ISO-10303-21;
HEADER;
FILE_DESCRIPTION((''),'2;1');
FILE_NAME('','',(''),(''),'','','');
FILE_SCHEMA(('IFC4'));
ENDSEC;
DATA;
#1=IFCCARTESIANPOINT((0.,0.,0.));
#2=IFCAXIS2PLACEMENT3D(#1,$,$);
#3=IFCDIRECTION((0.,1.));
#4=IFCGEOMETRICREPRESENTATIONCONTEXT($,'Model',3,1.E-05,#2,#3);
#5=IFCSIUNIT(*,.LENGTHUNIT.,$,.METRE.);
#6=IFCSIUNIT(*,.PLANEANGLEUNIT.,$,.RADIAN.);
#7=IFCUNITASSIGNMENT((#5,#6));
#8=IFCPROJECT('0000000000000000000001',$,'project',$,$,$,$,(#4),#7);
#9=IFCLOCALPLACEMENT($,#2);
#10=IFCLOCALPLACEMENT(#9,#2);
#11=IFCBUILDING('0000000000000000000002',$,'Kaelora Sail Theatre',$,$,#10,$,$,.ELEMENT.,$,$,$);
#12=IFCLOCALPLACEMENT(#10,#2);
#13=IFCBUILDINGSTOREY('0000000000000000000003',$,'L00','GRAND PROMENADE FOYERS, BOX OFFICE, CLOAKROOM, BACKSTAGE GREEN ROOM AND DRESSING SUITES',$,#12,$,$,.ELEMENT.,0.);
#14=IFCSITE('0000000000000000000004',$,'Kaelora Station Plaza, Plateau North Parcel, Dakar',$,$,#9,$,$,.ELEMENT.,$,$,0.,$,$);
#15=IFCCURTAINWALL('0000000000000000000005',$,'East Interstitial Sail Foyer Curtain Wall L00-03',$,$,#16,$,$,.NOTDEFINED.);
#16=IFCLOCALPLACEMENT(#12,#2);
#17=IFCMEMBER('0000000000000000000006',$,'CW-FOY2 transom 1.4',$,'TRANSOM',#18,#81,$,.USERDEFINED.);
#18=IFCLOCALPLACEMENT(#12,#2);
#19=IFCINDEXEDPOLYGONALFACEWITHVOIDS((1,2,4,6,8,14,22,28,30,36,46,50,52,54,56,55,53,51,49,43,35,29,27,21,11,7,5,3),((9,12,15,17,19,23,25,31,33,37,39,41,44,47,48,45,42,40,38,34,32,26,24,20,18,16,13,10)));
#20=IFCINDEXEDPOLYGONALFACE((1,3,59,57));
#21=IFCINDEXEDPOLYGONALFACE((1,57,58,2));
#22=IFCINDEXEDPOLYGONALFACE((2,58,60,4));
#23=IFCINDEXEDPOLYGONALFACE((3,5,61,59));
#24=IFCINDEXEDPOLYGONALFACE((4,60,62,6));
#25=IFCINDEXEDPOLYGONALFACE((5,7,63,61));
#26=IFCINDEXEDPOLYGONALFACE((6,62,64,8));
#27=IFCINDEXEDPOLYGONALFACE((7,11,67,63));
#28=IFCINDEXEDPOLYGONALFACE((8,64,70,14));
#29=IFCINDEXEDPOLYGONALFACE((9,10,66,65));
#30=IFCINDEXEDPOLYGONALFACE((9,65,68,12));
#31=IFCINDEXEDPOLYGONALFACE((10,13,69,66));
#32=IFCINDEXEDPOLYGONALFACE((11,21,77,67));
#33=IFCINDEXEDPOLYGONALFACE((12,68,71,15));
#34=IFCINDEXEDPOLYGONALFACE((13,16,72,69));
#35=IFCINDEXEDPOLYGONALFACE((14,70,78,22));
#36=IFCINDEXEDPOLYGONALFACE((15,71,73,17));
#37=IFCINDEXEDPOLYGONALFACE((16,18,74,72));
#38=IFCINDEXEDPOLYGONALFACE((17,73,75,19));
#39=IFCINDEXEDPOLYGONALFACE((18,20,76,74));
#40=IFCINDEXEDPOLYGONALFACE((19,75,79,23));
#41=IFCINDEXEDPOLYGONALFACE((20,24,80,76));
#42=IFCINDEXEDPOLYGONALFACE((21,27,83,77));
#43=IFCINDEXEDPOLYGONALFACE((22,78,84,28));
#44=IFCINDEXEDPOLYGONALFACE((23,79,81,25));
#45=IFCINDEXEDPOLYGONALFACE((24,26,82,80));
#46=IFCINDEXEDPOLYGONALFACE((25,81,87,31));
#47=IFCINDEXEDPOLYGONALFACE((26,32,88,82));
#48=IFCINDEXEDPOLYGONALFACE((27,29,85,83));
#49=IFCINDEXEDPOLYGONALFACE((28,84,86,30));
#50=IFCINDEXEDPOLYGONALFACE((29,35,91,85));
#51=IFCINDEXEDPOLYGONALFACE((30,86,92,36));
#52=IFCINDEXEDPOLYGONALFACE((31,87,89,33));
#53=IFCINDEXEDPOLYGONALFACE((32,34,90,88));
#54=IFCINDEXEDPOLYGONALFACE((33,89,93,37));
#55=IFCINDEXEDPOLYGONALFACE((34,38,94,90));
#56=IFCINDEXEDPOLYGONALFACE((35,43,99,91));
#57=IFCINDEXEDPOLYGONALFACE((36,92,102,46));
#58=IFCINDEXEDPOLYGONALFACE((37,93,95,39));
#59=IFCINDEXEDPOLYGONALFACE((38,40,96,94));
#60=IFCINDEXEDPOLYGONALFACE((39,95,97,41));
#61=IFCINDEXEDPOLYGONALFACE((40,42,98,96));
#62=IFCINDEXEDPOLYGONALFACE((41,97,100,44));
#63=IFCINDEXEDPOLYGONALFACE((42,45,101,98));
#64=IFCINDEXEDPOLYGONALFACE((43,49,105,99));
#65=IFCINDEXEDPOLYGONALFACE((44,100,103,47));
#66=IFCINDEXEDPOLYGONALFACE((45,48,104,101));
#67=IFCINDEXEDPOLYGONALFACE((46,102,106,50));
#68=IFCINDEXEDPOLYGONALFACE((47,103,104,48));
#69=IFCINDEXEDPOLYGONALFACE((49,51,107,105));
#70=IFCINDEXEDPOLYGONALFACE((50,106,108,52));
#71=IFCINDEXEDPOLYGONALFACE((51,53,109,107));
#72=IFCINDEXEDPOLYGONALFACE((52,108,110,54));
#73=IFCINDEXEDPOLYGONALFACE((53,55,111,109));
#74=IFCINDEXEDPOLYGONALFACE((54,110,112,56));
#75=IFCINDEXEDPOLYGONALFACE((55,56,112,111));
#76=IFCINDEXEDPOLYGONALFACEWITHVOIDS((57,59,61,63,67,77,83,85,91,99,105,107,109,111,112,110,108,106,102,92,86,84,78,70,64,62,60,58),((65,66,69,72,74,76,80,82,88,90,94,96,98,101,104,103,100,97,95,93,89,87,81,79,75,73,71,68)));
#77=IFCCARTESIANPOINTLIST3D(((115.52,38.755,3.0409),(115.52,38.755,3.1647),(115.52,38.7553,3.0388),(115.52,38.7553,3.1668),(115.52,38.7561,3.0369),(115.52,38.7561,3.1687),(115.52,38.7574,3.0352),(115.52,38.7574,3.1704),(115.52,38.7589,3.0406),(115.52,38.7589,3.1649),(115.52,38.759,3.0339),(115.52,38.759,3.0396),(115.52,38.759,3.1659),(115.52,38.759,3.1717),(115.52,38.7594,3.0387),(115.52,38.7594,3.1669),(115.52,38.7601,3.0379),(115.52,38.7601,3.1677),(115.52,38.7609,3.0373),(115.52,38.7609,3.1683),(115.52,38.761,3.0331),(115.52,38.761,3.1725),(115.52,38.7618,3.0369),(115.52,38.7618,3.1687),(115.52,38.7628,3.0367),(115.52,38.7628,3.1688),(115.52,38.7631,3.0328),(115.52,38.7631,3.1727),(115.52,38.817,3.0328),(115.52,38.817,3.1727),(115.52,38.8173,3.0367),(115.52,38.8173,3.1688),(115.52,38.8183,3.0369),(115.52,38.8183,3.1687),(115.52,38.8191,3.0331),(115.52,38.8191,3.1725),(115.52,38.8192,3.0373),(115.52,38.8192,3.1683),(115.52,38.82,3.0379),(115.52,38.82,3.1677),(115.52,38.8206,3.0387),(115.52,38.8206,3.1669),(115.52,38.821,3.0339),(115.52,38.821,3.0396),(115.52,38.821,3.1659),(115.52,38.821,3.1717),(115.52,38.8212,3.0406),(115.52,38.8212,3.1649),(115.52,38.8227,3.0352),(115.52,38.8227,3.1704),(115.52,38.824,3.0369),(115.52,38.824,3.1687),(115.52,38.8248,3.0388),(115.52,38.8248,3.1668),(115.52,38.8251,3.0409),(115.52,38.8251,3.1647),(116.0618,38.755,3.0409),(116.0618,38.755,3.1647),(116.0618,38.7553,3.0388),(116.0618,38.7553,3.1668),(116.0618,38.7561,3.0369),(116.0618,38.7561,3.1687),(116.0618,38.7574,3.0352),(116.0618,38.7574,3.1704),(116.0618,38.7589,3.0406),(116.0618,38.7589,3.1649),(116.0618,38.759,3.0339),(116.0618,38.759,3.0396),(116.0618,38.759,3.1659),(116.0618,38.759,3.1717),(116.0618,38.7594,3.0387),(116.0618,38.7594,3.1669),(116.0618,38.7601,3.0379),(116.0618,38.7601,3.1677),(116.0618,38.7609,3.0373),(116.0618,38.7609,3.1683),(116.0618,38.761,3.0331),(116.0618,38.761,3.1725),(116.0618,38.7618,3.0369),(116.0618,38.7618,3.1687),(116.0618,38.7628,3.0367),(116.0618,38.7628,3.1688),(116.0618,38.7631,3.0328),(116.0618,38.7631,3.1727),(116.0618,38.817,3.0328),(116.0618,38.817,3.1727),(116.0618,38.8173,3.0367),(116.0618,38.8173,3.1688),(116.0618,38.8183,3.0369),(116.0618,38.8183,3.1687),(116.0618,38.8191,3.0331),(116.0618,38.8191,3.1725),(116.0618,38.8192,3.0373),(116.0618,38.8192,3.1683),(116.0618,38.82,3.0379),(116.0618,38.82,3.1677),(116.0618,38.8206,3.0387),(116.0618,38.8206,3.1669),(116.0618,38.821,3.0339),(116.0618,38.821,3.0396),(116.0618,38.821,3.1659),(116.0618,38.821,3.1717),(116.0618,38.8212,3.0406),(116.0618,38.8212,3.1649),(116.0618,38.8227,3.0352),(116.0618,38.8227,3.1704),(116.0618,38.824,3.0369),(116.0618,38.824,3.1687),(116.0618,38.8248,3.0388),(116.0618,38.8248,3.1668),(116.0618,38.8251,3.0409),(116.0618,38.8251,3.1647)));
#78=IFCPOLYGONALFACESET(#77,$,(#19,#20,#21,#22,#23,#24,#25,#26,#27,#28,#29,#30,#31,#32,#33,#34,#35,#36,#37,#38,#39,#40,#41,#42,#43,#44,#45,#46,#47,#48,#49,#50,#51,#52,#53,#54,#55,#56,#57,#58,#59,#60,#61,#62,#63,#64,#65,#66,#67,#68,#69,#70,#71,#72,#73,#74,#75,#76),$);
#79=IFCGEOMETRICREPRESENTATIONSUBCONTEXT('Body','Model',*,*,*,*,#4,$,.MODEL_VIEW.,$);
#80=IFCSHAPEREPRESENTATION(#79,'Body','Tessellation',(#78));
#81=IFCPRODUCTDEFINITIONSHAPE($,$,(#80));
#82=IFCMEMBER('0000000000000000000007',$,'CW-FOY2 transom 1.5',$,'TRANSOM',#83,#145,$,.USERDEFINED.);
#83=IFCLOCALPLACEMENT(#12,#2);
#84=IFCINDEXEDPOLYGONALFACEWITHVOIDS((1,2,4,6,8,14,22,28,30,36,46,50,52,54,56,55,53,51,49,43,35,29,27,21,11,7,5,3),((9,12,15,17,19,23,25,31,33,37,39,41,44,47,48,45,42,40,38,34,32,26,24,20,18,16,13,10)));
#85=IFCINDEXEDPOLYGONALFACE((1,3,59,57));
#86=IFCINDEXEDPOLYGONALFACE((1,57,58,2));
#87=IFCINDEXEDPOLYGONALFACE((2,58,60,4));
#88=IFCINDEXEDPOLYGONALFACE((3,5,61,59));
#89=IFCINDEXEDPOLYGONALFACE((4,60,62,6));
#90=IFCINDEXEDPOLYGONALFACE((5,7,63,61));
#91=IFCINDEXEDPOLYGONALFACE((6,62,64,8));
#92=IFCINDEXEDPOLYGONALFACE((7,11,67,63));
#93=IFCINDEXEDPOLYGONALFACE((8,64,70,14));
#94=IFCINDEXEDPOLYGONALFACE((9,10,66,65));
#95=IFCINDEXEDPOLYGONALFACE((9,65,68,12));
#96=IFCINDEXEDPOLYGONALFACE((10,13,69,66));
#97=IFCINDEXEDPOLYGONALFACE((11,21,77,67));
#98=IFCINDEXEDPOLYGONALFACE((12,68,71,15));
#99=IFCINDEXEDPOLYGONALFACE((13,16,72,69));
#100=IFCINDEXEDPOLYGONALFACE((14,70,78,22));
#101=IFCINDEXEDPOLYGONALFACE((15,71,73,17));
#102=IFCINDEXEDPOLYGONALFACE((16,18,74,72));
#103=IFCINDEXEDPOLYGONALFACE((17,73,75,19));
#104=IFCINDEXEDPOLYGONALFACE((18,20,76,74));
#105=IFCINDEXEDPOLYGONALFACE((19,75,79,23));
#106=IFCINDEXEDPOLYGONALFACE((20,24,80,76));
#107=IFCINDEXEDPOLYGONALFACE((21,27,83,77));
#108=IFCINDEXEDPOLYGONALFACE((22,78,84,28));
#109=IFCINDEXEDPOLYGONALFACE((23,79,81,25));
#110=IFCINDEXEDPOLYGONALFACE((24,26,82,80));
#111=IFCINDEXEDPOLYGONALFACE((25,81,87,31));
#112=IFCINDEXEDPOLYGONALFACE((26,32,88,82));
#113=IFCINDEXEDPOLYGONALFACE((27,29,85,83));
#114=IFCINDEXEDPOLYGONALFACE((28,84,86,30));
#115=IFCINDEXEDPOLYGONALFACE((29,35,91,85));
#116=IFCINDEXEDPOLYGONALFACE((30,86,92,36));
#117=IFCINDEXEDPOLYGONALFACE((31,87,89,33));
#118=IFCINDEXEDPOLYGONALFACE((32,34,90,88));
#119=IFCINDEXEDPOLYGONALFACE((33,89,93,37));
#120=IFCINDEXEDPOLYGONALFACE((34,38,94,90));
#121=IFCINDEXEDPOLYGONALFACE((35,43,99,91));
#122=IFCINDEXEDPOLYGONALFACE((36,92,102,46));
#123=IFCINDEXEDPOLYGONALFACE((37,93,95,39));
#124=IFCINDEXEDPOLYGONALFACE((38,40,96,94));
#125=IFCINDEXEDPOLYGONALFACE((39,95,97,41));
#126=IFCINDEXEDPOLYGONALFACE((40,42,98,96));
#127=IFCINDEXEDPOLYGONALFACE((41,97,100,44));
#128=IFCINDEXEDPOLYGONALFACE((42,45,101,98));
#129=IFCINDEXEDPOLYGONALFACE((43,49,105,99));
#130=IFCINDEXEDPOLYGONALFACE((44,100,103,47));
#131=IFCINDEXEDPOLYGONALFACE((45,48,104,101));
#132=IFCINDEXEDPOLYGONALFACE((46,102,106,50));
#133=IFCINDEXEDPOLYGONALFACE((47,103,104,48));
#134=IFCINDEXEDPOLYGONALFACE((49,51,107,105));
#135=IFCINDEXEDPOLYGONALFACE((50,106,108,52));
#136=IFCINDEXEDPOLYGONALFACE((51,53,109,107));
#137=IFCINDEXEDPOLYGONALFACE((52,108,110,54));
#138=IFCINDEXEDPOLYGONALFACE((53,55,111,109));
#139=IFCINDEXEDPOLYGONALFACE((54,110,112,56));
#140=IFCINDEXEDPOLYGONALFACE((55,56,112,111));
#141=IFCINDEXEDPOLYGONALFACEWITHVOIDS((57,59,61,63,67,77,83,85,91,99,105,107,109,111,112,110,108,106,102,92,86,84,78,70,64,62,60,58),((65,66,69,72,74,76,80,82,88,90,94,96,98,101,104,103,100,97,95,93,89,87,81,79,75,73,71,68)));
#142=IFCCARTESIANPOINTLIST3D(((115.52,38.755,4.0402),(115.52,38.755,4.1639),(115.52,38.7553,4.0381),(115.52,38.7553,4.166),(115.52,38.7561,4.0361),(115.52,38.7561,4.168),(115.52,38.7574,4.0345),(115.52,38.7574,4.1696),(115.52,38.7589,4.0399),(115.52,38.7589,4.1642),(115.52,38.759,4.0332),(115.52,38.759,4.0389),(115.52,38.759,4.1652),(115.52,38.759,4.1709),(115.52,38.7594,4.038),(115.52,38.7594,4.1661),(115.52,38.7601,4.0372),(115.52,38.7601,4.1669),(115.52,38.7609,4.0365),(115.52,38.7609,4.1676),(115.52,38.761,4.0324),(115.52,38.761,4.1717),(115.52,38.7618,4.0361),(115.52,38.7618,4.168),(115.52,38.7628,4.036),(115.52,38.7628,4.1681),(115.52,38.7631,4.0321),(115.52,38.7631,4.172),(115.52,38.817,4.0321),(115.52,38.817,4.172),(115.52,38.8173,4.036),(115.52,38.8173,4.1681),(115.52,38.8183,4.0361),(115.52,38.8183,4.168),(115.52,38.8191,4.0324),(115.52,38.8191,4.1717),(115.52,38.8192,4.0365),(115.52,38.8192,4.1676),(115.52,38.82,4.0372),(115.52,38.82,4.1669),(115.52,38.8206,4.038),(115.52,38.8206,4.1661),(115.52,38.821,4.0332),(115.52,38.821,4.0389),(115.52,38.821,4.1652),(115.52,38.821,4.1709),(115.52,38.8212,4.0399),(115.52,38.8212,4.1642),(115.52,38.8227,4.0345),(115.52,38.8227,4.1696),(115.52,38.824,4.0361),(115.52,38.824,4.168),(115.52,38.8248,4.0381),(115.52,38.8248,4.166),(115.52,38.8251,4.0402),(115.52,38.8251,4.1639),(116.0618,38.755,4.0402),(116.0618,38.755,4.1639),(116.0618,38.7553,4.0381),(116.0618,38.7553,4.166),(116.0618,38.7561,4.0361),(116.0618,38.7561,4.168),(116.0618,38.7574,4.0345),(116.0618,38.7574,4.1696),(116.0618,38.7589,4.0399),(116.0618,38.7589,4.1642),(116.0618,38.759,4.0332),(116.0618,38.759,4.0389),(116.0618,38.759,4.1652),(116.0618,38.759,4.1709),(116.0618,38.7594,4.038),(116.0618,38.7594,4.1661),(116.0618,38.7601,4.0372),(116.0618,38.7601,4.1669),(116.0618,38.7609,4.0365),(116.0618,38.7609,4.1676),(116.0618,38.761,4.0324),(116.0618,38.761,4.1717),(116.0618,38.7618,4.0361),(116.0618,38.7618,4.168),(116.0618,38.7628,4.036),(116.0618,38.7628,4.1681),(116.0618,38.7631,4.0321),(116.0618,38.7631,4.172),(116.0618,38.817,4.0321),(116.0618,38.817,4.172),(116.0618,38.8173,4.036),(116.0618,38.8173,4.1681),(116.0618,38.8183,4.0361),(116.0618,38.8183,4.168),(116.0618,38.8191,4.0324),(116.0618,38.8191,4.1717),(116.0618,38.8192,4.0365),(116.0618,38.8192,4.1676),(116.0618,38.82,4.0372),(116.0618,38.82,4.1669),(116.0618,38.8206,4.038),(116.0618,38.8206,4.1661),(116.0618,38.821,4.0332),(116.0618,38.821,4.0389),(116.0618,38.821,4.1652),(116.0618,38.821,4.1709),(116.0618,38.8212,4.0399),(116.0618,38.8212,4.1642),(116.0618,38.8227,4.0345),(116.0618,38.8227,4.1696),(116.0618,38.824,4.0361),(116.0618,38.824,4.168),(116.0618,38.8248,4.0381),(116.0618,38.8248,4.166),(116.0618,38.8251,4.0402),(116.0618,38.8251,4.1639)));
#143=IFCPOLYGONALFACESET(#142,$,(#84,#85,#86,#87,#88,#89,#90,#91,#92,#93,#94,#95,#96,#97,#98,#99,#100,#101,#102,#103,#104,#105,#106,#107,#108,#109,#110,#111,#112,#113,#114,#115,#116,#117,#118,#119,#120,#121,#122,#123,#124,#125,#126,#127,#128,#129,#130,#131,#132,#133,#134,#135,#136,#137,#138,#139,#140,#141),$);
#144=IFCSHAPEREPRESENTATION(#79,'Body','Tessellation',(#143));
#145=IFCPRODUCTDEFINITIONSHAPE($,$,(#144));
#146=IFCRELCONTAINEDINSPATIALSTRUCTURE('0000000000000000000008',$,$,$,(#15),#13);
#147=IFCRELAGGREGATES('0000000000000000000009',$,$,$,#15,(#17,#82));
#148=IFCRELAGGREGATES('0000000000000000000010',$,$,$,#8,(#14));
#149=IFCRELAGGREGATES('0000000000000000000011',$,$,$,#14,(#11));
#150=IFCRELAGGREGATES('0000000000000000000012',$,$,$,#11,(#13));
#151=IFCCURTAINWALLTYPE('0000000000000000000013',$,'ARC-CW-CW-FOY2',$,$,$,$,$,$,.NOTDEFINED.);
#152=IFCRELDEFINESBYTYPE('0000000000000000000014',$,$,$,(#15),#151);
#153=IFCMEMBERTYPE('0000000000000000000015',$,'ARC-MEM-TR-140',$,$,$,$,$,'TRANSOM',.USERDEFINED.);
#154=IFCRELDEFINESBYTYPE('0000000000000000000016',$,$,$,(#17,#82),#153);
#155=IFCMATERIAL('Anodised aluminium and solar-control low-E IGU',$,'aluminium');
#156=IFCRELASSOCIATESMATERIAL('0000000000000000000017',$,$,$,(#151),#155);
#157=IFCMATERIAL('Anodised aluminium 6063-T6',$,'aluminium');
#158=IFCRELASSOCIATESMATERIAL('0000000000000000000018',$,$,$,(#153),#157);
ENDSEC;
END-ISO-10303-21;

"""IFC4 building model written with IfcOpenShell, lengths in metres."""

from ifc_helpers import new_model, si_unit, direction, frame, origin, origin_2d, place, context, subcontext, project, spatial, hollow_rectangle, extrude, material, material_profile, profile_set, type_object, element, aggregate, save


model = new_model("IFC4")

# Units and contexts
model_context = context("Model", 3, precision=1e-05, world=origin(), true_north=direction((0.0, 1.0)))
body_context = subcontext(model_context, "Body", "Model", "MODEL_VIEW")
ifc_project = project(units=[si_unit("LENGTHUNIT", "METRE"), si_unit("PLANEANGLEUNIT", "RADIAN")], contexts=[model_context])

# Site, building, storey
site_placement = place(None, origin())
site = spatial("IfcSite", under=ifc_project, at=site_placement, Name="Kaelora Station Plaza, Plateau North Parcel, Dakar", CompositionType="ELEMENT", RefElevation=0.0)
building_placement = place(site_placement, origin())
building = spatial("IfcBuilding", under=site, at=building_placement, Name="Kaelora Sail Theatre", CompositionType="ELEMENT")
storey_placement = place(building_placement, origin())
storey = spatial("IfcBuildingStorey", under=building, at=storey_placement, Name="L00", Description="GRAND PROMENADE FOYERS, BOX OFFICE, CLOAKROOM, BACKSTAGE GREEN ROOM AND DRESSING SUITES", CompositionType="ELEMENT", Elevation=0.0)

# Shared definitions
ifc_material_1 = material(Name="Anodised aluminium and solar-control low-E IGU", Category="aluminium")
curtain_wall_type = type_object("IfcCurtainWallType", Name="ARC-CW-CW-FOY2", PredefinedType="NOTDEFINED", material=ifc_material_1)

# Curtain wall, members
curtain_wall_1_placement = place(storey_placement, origin())
curtain_wall_1 = element("IfcCurtainWall", 1, at=curtain_wall_1_placement, inside=storey, type_object=curtain_wall_type, Name="East Interstitial Sail Foyer Curtain Wall L00-03", PredefinedType="NOTDEFINED")
ifc_material_2 = material(Name="Anodised aluminium 6063-T6", Category="aluminium")
ifc_material_profile_1 = material_profile(ifc_material_2, hollow_rectangle(XDim=0.0701, YDim=0.1399, WallThickness=0.0039, InnerFilletRadius=0.0039, OuterFilletRadius=0.0081, at=origin_2d()), Name="ALU-TRAN 70x140x4")
ifc_profile_set_1 = profile_set([ifc_material_profile_1], Name="Anodised aluminium 6063-T6")
member_type_1 = type_object("IfcMemberType", Name="ARC-MEM-TR-140", ElementType="TRANSOM", PredefinedType="USERDEFINED", material=ifc_profile_set_1)
member_1_placement = place(storey_placement, frame((115.52, 38.79, 3.1028), z_axis=(1.0, 0.0, 0.0), x_axis=(0.0, 1.0, 0.0)))
member_1 = element("IfcMember", 2, at=member_1_placement, type_object=member_type_1, Name="CW-FOY2 transom 1.4", ObjectType="TRANSOM", PredefinedType="USERDEFINED", context=body_context, shape_type="SweptSolid", body=[
    extrude(hollow_rectangle(XDim=0.0701, YDim=0.1399, WallThickness=0.0039, InnerFilletRadius=0.0039, OuterFilletRadius=0.0081, at=origin_2d()), origin(), (0.0, 0.0, 1.0), 0.5417),
])
member_2_placement = place(storey_placement, frame((115.52, 38.79, 4.1021), z_axis=(1.0, 0.0, 0.0), x_axis=(0.0, 1.0, 0.0)))
member_2 = element("IfcMember", 3, at=member_2_placement, type_object=member_type_1, Name="CW-FOY2 transom 1.5", ObjectType="TRANSOM", PredefinedType="USERDEFINED", context=body_context, shape_type="SweptSolid", body=[
    extrude(hollow_rectangle(XDim=0.0701, YDim=0.1399, WallThickness=0.0039, InnerFilletRadius=0.0039, OuterFilletRadius=0.0081, at=origin_2d()), origin(), (0.0, 0.0, 1.0), 0.5417),
])

aggregate(curtain_wall_1, [member_1, member_2])

save(model, "model.ifc")
